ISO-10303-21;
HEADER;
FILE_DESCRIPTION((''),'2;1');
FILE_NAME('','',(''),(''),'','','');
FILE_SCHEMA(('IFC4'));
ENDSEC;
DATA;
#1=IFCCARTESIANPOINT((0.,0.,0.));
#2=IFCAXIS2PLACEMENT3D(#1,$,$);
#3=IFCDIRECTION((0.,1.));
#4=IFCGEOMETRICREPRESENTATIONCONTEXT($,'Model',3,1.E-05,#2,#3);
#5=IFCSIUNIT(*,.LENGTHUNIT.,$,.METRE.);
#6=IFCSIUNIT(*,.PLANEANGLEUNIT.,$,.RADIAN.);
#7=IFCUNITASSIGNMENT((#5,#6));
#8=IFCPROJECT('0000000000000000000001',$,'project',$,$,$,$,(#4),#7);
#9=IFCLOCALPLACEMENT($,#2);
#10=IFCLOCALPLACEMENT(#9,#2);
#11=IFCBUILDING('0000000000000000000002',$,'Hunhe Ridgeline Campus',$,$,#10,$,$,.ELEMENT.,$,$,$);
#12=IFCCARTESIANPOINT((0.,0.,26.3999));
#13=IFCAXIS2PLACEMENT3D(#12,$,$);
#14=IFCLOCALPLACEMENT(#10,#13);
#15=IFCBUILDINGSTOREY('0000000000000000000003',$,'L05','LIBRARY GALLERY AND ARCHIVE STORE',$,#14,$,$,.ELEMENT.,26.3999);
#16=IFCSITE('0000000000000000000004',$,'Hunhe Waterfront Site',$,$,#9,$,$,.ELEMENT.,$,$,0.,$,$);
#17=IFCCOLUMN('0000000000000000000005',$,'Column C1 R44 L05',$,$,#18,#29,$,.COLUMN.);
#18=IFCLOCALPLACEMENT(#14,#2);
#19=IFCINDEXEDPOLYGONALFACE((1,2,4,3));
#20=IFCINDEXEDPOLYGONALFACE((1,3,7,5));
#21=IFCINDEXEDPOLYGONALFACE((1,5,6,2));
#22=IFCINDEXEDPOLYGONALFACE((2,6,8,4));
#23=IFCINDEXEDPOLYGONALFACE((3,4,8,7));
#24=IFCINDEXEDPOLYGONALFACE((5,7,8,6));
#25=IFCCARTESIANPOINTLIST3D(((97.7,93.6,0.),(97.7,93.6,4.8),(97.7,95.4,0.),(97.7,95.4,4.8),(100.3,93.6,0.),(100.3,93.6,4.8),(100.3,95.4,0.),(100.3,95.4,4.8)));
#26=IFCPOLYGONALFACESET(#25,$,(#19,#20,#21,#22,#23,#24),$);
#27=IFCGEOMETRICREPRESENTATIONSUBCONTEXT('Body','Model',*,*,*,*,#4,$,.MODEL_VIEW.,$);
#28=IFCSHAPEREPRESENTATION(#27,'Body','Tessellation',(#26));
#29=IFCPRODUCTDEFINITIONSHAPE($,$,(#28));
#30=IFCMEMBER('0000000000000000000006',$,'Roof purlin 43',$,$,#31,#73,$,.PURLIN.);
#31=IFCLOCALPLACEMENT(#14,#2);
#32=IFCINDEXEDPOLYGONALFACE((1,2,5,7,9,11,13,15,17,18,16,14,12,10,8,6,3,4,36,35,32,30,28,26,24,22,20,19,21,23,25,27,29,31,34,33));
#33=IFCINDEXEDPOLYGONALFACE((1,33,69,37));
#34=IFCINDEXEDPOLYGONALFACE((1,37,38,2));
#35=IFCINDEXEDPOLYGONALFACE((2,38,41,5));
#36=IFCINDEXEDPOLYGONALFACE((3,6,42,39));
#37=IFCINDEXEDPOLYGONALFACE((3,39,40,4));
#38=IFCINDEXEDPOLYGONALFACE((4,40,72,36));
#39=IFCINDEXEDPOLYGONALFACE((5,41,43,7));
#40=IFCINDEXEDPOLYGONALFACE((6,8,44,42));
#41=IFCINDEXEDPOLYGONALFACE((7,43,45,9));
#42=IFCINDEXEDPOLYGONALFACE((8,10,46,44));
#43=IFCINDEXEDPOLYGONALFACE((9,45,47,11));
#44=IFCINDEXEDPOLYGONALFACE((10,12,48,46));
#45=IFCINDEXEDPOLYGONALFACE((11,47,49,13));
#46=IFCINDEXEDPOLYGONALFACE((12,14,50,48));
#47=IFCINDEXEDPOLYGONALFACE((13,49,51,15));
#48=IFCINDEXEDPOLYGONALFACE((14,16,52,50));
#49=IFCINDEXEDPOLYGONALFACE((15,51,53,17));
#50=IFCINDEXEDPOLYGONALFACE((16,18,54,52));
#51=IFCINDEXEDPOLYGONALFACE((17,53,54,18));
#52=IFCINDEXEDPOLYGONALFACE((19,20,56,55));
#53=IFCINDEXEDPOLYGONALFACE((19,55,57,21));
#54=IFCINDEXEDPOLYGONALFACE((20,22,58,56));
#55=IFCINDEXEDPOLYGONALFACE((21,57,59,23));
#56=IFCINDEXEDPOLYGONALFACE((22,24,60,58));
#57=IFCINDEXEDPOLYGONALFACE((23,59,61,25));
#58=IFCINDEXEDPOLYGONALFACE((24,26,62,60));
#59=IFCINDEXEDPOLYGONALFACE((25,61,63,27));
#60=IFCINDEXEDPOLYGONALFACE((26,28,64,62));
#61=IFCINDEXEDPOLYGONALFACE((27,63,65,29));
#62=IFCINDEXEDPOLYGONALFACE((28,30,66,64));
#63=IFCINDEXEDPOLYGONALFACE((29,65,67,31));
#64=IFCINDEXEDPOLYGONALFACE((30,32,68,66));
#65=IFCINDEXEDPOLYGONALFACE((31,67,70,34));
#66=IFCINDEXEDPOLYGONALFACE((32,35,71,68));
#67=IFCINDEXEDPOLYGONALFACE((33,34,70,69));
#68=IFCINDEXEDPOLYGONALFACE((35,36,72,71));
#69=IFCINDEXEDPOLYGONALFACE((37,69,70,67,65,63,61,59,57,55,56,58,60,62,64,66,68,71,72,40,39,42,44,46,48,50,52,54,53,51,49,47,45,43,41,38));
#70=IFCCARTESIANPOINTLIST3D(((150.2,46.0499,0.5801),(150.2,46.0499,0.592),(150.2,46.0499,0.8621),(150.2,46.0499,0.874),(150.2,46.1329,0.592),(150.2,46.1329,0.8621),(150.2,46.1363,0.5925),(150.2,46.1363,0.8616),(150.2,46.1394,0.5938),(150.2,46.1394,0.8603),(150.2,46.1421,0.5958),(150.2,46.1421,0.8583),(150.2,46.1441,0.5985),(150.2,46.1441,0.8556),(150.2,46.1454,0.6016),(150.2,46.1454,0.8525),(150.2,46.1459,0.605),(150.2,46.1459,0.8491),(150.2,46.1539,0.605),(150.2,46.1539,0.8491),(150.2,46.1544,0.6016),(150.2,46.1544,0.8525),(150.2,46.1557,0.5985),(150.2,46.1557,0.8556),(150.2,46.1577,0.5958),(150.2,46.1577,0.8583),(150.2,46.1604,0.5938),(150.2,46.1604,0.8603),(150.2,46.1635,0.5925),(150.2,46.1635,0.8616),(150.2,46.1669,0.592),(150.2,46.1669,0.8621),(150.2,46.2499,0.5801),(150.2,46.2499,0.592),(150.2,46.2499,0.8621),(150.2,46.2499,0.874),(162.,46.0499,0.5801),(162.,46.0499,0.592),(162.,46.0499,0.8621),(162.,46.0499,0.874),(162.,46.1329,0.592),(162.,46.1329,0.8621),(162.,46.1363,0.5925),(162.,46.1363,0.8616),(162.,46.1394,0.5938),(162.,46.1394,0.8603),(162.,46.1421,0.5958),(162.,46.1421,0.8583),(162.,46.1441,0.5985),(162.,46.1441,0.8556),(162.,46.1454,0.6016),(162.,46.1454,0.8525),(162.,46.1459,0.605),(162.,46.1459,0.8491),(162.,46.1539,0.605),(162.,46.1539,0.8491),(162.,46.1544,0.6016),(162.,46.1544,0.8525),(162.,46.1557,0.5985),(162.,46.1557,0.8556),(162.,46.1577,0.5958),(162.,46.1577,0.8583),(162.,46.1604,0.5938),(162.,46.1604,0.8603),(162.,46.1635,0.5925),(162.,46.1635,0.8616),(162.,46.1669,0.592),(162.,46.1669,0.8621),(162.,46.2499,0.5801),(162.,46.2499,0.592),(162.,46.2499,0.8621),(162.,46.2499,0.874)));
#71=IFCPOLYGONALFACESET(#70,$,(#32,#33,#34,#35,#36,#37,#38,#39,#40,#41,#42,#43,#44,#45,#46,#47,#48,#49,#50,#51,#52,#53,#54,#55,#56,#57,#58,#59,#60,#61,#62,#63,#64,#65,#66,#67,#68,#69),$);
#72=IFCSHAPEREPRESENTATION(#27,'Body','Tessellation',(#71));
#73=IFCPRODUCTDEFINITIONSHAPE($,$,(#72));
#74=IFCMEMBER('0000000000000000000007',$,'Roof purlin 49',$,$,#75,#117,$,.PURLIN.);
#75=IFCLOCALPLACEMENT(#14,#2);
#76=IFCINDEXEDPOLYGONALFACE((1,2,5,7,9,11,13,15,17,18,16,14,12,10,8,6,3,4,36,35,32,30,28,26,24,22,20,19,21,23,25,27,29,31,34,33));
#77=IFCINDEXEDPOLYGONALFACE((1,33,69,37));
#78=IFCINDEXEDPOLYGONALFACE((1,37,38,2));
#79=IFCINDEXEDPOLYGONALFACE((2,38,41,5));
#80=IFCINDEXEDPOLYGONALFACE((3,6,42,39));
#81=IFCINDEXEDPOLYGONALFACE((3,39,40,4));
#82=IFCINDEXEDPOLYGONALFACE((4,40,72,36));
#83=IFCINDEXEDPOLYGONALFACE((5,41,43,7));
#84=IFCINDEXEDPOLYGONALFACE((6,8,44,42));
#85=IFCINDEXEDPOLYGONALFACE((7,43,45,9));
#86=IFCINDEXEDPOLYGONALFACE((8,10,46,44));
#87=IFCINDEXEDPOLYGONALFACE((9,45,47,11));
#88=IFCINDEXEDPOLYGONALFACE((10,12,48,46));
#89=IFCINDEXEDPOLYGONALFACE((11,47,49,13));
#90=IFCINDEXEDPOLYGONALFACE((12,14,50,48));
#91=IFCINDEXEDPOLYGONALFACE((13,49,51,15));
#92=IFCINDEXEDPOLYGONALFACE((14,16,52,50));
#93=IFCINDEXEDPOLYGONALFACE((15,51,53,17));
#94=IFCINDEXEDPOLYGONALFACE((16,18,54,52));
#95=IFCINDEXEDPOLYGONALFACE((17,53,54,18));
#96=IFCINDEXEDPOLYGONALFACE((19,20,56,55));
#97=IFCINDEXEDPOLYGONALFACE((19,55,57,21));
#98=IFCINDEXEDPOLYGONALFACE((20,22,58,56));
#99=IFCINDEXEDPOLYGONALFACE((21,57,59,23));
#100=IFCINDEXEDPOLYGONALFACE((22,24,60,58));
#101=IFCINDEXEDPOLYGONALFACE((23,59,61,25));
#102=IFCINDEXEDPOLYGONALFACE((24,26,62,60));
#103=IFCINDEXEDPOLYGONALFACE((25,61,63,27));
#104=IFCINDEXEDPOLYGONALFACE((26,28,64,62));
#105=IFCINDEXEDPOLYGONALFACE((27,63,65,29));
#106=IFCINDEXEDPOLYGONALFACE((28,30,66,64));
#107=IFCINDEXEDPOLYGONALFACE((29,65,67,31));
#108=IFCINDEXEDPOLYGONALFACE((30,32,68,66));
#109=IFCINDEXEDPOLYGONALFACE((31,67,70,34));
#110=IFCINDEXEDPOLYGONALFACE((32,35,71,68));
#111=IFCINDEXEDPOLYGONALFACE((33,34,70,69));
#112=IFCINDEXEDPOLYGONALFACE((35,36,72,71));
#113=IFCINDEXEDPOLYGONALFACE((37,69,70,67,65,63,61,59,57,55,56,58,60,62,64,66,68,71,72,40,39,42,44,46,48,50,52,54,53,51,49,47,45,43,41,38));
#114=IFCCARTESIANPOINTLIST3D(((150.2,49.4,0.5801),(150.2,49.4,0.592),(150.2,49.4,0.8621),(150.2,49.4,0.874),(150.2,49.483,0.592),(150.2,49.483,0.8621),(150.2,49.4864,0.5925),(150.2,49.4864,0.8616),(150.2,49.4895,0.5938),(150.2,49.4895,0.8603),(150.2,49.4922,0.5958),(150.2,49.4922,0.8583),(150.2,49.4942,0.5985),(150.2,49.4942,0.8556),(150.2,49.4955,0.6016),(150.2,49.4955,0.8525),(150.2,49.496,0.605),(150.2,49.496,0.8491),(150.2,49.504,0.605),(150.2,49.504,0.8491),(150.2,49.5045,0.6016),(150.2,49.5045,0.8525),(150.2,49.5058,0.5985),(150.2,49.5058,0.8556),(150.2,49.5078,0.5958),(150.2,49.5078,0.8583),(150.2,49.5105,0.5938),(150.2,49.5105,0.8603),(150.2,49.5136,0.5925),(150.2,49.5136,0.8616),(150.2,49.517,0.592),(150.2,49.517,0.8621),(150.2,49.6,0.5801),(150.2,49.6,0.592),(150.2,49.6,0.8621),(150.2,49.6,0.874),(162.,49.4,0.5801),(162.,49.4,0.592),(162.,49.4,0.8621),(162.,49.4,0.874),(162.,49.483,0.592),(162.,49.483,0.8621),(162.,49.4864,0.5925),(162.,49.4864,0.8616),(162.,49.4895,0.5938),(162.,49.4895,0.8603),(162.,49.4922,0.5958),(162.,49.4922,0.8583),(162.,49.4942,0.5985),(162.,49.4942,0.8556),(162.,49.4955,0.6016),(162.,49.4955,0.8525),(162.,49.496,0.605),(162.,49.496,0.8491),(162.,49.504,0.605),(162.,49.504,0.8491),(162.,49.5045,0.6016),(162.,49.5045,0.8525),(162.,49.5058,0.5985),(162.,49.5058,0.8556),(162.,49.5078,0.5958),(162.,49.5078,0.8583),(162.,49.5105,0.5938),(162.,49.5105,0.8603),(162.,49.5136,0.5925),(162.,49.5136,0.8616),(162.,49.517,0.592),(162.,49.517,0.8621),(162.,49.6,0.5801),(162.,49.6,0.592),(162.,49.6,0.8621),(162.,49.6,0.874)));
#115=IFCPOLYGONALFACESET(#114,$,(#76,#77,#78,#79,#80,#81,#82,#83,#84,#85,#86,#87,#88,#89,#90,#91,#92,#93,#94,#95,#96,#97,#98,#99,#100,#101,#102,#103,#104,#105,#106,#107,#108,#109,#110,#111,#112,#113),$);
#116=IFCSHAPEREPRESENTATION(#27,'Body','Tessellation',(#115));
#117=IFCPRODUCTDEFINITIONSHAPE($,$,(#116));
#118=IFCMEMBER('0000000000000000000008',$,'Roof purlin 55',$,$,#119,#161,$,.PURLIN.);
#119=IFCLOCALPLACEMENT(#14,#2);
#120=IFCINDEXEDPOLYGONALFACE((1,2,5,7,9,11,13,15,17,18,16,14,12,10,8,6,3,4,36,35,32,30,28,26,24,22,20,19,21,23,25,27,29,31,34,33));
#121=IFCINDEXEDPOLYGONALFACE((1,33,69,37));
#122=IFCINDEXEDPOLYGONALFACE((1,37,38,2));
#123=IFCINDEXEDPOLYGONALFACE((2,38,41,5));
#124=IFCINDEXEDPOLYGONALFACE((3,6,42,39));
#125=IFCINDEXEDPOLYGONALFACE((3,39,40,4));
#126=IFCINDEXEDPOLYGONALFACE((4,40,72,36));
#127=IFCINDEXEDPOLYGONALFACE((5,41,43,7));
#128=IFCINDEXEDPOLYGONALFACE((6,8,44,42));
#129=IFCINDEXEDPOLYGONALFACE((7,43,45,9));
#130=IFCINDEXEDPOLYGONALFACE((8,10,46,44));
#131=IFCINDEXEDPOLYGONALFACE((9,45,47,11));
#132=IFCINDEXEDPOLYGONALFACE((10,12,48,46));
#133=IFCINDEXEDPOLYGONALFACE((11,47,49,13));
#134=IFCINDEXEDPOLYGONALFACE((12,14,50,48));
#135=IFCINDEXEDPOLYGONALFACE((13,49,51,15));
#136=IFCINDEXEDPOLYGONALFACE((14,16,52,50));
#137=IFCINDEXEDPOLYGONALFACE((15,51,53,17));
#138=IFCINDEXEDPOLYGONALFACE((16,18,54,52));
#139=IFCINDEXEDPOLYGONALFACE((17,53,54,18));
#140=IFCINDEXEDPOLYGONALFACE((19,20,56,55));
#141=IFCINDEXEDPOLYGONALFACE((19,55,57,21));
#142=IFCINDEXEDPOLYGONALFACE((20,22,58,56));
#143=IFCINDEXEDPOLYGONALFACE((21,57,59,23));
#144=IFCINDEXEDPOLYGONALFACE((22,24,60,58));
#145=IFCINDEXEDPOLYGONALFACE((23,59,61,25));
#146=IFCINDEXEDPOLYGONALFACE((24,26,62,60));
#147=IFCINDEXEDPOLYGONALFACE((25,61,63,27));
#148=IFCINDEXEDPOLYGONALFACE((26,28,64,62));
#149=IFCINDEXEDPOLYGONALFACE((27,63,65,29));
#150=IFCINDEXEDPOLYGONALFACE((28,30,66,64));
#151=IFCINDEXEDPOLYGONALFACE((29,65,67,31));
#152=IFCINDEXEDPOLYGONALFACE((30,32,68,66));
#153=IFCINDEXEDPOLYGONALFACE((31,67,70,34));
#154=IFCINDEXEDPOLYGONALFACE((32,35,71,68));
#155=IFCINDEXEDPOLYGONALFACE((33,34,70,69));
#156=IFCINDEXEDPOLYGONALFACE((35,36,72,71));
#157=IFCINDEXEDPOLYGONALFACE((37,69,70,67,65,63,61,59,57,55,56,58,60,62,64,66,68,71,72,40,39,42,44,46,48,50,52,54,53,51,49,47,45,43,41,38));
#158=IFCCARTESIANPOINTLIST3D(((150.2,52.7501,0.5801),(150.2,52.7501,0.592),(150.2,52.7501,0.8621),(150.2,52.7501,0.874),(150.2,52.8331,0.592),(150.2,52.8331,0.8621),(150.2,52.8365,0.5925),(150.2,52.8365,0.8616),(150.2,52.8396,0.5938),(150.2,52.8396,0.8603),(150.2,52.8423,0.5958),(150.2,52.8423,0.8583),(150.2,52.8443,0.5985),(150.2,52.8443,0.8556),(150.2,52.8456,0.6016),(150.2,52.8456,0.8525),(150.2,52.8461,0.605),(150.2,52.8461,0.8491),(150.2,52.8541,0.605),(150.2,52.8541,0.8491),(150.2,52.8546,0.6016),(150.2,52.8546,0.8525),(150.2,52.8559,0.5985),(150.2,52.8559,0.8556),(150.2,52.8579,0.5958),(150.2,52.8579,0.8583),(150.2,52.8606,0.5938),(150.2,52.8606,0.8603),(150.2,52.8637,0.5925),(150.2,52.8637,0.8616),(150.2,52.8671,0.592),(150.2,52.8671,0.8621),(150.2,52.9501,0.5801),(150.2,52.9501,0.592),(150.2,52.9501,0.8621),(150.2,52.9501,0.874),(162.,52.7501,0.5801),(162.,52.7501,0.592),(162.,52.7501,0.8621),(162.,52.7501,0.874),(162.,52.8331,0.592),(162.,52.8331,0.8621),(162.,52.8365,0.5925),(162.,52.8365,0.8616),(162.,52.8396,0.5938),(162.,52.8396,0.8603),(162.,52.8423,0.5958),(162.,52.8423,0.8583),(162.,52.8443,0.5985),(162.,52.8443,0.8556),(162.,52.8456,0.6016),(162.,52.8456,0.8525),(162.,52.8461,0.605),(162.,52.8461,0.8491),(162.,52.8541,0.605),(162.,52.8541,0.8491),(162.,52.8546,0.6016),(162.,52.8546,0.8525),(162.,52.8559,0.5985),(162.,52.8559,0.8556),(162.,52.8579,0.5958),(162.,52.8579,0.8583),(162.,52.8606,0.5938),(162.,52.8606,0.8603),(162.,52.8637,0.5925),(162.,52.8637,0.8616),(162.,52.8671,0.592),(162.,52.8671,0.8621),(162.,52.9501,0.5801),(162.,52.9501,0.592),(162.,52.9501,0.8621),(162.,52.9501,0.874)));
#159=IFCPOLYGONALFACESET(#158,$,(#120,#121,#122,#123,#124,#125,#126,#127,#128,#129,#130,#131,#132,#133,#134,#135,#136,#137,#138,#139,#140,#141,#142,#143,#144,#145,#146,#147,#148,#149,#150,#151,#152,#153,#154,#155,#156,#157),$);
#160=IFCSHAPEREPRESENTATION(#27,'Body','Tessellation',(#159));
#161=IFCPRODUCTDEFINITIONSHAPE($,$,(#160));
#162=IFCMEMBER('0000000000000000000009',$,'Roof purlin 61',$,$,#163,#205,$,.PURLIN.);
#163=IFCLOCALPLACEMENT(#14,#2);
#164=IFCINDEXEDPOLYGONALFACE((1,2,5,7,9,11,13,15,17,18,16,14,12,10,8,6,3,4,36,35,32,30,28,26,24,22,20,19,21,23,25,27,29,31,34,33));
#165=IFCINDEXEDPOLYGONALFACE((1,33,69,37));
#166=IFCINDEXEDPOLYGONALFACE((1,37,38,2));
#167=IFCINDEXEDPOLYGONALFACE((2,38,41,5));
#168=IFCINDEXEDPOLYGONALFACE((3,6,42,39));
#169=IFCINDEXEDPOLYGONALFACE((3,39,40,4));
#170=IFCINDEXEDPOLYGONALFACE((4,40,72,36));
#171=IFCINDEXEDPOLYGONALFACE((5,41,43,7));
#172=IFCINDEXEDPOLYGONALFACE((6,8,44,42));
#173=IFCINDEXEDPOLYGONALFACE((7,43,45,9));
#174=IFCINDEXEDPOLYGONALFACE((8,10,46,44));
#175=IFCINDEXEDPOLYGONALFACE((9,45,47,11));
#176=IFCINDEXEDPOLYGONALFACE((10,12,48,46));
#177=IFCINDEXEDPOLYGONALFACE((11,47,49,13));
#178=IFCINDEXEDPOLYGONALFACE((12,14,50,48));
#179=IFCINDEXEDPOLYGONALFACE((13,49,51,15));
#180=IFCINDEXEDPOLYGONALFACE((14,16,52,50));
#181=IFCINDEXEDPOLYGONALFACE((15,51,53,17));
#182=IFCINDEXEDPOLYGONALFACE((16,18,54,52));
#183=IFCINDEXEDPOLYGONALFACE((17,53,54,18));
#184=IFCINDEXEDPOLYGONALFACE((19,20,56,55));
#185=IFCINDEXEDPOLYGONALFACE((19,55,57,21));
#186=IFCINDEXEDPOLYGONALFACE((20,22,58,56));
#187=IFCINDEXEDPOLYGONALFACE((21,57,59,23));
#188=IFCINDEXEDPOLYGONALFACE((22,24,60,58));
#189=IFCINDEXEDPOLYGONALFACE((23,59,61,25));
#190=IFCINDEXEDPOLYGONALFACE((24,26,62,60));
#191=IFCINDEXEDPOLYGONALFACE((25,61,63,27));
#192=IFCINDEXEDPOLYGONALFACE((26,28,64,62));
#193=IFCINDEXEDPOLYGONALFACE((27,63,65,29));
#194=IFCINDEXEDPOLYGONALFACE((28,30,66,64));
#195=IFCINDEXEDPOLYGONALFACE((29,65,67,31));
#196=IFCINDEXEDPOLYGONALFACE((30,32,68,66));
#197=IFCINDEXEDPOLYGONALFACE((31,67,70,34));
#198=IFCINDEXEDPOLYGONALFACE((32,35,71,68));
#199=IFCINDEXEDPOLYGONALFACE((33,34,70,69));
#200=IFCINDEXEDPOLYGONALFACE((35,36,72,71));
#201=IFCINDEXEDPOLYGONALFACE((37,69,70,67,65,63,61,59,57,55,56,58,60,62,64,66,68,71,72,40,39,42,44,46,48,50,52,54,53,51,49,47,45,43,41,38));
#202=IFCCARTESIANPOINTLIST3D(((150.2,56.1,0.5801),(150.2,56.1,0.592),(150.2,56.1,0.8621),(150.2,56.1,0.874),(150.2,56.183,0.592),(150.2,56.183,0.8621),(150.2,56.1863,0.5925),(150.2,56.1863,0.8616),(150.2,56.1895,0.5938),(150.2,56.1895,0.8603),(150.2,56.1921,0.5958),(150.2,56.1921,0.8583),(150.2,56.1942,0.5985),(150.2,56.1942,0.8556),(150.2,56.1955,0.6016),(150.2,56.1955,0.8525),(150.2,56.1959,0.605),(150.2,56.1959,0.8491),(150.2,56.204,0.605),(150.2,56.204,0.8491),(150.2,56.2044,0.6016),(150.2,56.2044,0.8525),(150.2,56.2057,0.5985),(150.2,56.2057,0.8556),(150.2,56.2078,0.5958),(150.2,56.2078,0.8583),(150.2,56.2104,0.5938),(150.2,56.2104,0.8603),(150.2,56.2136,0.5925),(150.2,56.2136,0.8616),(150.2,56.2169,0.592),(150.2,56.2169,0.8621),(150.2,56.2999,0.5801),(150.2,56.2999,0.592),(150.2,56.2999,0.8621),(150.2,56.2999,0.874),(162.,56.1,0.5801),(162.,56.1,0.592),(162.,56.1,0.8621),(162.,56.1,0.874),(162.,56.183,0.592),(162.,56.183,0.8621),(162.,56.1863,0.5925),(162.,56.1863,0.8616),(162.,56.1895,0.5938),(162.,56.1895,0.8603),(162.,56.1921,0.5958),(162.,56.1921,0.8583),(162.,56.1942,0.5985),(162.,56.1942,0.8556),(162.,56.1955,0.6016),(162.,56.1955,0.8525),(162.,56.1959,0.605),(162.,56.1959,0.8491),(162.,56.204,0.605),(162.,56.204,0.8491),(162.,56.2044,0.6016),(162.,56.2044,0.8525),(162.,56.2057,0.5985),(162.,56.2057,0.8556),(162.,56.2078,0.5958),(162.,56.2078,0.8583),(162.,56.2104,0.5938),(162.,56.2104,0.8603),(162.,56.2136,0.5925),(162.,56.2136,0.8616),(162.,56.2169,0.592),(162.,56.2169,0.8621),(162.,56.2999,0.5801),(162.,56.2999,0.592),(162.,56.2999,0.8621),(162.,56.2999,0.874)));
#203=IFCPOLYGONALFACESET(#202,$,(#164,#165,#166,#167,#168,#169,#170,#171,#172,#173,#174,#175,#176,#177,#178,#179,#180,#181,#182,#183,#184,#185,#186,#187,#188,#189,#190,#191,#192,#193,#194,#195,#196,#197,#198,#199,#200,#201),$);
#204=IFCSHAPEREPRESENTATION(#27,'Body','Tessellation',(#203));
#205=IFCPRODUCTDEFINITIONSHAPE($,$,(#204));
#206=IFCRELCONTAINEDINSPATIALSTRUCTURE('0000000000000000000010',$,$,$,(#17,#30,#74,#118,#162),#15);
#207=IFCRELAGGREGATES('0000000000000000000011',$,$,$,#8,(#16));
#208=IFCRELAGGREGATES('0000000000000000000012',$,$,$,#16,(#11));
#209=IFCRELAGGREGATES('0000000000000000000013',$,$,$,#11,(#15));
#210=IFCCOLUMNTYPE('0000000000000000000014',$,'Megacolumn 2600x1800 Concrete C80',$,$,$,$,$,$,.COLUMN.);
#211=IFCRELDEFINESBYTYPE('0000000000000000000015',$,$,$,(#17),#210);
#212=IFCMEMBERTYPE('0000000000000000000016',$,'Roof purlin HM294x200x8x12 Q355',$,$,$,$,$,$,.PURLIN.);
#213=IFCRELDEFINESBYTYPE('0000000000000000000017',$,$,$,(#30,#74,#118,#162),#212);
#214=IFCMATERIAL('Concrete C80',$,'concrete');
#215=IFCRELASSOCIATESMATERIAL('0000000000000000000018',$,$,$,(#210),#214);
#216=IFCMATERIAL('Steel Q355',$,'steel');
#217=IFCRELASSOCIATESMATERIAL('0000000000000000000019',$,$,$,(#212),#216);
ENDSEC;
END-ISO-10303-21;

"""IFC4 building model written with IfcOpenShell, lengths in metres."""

from ifc_helpers import new_model, si_unit, direction, frame, origin, origin_2d, place, context, subcontext, project, spatial, rectangle, i_section, extrude, material, material_profile, profile_set, type_object, element, save


model = new_model("IFC4")

# Units and contexts
model_context = context("Model", 3, precision=1e-05, world=origin(), true_north=direction((0.0, 1.0)))
body_context = subcontext(model_context, "Body", "Model", "MODEL_VIEW")
ifc_project = project(units=[si_unit("LENGTHUNIT", "METRE"), si_unit("PLANEANGLEUNIT", "RADIAN")], contexts=[model_context])

# Site, building, storey
site_placement = place(None, origin())
site = spatial("IfcSite", under=ifc_project, at=site_placement, Name="Hunhe Waterfront Site", CompositionType="ELEMENT", RefElevation=0.0)
building_placement = place(site_placement, origin())
building = spatial("IfcBuilding", under=site, at=building_placement, Name="Hunhe Ridgeline Campus", CompositionType="ELEMENT")
storey_placement = place(building_placement, frame((0.0, 0.0, 26.3999)))
storey = spatial("IfcBuildingStorey", under=building, at=storey_placement, Name="L05", Description="LIBRARY GALLERY AND ARCHIVE STORE", CompositionType="ELEMENT", Elevation=26.3999)

# Column
ifc_material_1 = material(Name="Concrete C80", Category="concrete")
ifc_material_profile_1 = material_profile(ifc_material_1, rectangle(XDim=2.6001, YDim=1.8, at=origin_2d()))
ifc_profile_set_1 = profile_set([ifc_material_profile_1], Name="Concrete C80")
column_type = type_object("IfcColumnType", Name="Megacolumn 2600x1800 Concrete C80", PredefinedType="COLUMN", material=ifc_profile_set_1)
column_placement = place(storey_placement, frame((99.0, 94.5, 0.0), z_axis=(0.0, 0.0, 1.0), x_axis=(1.0, 0.0, 0.0)))
element("IfcColumn", 1, at=column_placement, inside=storey, type_object=column_type, Name="Column C1 R44 L05", PredefinedType="COLUMN", context=body_context, shape_type="SweptSolid", body=[
    extrude(rectangle(XDim=2.6001, YDim=1.8, at=origin_2d()), origin(), (0.0, 0.0, 1.0), 4.8),
])

# Members
ifc_material_2 = material(Name="Steel Q355", Category="steel")
ifc_material_profile_2 = material_profile(ifc_material_2, i_section(OverallWidth=0.2, OverallDepth=0.2939, WebThickness=0.0081, FlangeThickness=0.012, FilletRadius=0.0129, at=origin_2d()))
ifc_profile_set_2 = profile_set([ifc_material_profile_2], Name="Steel Q355")
member_type_1 = type_object("IfcMemberType", Name="Roof purlin HM294x200x8x12 Q355", PredefinedType="PURLIN", material=ifc_profile_set_2)
for number, where, z_axis, x_axis, name in (
    (2, (150.2, 46.1499, 0.7271), (1.0, 0.0, 0.0), (0.0, 1.0, 0.0), "Roof purlin 43"),
    (3, (150.2, 49.5, 0.7271), (1.0, 0.0, 0.0), (0.0, 1.0, 0.0), "Roof purlin 49"),
    (4, (150.2, 52.8501, 0.7271), (1.0, 0.0, 0.0), (0.0, 1.0, 0.0), "Roof purlin 55"),
    (5, (150.2, 56.2, 0.7271), (1.0, 0.0, 0.0), (0.0, 1.0, 0.0), "Roof purlin 61"),
):
    element("IfcMember", number, at=place(storey_placement, frame(where, z_axis=z_axis, x_axis=x_axis)), inside=storey, type_object=member_type_1, Name=name, PredefinedType="PURLIN", context=body_context, shape_type="SweptSolid", body=[
        extrude(i_section(OverallWidth=0.2, OverallDepth=0.2939, WebThickness=0.0081, FlangeThickness=0.012, FilletRadius=0.0129, at=origin_2d()), origin(), (0.0, 0.0, 1.0), 11.8),
    ])

save(model, "model.ifc")
